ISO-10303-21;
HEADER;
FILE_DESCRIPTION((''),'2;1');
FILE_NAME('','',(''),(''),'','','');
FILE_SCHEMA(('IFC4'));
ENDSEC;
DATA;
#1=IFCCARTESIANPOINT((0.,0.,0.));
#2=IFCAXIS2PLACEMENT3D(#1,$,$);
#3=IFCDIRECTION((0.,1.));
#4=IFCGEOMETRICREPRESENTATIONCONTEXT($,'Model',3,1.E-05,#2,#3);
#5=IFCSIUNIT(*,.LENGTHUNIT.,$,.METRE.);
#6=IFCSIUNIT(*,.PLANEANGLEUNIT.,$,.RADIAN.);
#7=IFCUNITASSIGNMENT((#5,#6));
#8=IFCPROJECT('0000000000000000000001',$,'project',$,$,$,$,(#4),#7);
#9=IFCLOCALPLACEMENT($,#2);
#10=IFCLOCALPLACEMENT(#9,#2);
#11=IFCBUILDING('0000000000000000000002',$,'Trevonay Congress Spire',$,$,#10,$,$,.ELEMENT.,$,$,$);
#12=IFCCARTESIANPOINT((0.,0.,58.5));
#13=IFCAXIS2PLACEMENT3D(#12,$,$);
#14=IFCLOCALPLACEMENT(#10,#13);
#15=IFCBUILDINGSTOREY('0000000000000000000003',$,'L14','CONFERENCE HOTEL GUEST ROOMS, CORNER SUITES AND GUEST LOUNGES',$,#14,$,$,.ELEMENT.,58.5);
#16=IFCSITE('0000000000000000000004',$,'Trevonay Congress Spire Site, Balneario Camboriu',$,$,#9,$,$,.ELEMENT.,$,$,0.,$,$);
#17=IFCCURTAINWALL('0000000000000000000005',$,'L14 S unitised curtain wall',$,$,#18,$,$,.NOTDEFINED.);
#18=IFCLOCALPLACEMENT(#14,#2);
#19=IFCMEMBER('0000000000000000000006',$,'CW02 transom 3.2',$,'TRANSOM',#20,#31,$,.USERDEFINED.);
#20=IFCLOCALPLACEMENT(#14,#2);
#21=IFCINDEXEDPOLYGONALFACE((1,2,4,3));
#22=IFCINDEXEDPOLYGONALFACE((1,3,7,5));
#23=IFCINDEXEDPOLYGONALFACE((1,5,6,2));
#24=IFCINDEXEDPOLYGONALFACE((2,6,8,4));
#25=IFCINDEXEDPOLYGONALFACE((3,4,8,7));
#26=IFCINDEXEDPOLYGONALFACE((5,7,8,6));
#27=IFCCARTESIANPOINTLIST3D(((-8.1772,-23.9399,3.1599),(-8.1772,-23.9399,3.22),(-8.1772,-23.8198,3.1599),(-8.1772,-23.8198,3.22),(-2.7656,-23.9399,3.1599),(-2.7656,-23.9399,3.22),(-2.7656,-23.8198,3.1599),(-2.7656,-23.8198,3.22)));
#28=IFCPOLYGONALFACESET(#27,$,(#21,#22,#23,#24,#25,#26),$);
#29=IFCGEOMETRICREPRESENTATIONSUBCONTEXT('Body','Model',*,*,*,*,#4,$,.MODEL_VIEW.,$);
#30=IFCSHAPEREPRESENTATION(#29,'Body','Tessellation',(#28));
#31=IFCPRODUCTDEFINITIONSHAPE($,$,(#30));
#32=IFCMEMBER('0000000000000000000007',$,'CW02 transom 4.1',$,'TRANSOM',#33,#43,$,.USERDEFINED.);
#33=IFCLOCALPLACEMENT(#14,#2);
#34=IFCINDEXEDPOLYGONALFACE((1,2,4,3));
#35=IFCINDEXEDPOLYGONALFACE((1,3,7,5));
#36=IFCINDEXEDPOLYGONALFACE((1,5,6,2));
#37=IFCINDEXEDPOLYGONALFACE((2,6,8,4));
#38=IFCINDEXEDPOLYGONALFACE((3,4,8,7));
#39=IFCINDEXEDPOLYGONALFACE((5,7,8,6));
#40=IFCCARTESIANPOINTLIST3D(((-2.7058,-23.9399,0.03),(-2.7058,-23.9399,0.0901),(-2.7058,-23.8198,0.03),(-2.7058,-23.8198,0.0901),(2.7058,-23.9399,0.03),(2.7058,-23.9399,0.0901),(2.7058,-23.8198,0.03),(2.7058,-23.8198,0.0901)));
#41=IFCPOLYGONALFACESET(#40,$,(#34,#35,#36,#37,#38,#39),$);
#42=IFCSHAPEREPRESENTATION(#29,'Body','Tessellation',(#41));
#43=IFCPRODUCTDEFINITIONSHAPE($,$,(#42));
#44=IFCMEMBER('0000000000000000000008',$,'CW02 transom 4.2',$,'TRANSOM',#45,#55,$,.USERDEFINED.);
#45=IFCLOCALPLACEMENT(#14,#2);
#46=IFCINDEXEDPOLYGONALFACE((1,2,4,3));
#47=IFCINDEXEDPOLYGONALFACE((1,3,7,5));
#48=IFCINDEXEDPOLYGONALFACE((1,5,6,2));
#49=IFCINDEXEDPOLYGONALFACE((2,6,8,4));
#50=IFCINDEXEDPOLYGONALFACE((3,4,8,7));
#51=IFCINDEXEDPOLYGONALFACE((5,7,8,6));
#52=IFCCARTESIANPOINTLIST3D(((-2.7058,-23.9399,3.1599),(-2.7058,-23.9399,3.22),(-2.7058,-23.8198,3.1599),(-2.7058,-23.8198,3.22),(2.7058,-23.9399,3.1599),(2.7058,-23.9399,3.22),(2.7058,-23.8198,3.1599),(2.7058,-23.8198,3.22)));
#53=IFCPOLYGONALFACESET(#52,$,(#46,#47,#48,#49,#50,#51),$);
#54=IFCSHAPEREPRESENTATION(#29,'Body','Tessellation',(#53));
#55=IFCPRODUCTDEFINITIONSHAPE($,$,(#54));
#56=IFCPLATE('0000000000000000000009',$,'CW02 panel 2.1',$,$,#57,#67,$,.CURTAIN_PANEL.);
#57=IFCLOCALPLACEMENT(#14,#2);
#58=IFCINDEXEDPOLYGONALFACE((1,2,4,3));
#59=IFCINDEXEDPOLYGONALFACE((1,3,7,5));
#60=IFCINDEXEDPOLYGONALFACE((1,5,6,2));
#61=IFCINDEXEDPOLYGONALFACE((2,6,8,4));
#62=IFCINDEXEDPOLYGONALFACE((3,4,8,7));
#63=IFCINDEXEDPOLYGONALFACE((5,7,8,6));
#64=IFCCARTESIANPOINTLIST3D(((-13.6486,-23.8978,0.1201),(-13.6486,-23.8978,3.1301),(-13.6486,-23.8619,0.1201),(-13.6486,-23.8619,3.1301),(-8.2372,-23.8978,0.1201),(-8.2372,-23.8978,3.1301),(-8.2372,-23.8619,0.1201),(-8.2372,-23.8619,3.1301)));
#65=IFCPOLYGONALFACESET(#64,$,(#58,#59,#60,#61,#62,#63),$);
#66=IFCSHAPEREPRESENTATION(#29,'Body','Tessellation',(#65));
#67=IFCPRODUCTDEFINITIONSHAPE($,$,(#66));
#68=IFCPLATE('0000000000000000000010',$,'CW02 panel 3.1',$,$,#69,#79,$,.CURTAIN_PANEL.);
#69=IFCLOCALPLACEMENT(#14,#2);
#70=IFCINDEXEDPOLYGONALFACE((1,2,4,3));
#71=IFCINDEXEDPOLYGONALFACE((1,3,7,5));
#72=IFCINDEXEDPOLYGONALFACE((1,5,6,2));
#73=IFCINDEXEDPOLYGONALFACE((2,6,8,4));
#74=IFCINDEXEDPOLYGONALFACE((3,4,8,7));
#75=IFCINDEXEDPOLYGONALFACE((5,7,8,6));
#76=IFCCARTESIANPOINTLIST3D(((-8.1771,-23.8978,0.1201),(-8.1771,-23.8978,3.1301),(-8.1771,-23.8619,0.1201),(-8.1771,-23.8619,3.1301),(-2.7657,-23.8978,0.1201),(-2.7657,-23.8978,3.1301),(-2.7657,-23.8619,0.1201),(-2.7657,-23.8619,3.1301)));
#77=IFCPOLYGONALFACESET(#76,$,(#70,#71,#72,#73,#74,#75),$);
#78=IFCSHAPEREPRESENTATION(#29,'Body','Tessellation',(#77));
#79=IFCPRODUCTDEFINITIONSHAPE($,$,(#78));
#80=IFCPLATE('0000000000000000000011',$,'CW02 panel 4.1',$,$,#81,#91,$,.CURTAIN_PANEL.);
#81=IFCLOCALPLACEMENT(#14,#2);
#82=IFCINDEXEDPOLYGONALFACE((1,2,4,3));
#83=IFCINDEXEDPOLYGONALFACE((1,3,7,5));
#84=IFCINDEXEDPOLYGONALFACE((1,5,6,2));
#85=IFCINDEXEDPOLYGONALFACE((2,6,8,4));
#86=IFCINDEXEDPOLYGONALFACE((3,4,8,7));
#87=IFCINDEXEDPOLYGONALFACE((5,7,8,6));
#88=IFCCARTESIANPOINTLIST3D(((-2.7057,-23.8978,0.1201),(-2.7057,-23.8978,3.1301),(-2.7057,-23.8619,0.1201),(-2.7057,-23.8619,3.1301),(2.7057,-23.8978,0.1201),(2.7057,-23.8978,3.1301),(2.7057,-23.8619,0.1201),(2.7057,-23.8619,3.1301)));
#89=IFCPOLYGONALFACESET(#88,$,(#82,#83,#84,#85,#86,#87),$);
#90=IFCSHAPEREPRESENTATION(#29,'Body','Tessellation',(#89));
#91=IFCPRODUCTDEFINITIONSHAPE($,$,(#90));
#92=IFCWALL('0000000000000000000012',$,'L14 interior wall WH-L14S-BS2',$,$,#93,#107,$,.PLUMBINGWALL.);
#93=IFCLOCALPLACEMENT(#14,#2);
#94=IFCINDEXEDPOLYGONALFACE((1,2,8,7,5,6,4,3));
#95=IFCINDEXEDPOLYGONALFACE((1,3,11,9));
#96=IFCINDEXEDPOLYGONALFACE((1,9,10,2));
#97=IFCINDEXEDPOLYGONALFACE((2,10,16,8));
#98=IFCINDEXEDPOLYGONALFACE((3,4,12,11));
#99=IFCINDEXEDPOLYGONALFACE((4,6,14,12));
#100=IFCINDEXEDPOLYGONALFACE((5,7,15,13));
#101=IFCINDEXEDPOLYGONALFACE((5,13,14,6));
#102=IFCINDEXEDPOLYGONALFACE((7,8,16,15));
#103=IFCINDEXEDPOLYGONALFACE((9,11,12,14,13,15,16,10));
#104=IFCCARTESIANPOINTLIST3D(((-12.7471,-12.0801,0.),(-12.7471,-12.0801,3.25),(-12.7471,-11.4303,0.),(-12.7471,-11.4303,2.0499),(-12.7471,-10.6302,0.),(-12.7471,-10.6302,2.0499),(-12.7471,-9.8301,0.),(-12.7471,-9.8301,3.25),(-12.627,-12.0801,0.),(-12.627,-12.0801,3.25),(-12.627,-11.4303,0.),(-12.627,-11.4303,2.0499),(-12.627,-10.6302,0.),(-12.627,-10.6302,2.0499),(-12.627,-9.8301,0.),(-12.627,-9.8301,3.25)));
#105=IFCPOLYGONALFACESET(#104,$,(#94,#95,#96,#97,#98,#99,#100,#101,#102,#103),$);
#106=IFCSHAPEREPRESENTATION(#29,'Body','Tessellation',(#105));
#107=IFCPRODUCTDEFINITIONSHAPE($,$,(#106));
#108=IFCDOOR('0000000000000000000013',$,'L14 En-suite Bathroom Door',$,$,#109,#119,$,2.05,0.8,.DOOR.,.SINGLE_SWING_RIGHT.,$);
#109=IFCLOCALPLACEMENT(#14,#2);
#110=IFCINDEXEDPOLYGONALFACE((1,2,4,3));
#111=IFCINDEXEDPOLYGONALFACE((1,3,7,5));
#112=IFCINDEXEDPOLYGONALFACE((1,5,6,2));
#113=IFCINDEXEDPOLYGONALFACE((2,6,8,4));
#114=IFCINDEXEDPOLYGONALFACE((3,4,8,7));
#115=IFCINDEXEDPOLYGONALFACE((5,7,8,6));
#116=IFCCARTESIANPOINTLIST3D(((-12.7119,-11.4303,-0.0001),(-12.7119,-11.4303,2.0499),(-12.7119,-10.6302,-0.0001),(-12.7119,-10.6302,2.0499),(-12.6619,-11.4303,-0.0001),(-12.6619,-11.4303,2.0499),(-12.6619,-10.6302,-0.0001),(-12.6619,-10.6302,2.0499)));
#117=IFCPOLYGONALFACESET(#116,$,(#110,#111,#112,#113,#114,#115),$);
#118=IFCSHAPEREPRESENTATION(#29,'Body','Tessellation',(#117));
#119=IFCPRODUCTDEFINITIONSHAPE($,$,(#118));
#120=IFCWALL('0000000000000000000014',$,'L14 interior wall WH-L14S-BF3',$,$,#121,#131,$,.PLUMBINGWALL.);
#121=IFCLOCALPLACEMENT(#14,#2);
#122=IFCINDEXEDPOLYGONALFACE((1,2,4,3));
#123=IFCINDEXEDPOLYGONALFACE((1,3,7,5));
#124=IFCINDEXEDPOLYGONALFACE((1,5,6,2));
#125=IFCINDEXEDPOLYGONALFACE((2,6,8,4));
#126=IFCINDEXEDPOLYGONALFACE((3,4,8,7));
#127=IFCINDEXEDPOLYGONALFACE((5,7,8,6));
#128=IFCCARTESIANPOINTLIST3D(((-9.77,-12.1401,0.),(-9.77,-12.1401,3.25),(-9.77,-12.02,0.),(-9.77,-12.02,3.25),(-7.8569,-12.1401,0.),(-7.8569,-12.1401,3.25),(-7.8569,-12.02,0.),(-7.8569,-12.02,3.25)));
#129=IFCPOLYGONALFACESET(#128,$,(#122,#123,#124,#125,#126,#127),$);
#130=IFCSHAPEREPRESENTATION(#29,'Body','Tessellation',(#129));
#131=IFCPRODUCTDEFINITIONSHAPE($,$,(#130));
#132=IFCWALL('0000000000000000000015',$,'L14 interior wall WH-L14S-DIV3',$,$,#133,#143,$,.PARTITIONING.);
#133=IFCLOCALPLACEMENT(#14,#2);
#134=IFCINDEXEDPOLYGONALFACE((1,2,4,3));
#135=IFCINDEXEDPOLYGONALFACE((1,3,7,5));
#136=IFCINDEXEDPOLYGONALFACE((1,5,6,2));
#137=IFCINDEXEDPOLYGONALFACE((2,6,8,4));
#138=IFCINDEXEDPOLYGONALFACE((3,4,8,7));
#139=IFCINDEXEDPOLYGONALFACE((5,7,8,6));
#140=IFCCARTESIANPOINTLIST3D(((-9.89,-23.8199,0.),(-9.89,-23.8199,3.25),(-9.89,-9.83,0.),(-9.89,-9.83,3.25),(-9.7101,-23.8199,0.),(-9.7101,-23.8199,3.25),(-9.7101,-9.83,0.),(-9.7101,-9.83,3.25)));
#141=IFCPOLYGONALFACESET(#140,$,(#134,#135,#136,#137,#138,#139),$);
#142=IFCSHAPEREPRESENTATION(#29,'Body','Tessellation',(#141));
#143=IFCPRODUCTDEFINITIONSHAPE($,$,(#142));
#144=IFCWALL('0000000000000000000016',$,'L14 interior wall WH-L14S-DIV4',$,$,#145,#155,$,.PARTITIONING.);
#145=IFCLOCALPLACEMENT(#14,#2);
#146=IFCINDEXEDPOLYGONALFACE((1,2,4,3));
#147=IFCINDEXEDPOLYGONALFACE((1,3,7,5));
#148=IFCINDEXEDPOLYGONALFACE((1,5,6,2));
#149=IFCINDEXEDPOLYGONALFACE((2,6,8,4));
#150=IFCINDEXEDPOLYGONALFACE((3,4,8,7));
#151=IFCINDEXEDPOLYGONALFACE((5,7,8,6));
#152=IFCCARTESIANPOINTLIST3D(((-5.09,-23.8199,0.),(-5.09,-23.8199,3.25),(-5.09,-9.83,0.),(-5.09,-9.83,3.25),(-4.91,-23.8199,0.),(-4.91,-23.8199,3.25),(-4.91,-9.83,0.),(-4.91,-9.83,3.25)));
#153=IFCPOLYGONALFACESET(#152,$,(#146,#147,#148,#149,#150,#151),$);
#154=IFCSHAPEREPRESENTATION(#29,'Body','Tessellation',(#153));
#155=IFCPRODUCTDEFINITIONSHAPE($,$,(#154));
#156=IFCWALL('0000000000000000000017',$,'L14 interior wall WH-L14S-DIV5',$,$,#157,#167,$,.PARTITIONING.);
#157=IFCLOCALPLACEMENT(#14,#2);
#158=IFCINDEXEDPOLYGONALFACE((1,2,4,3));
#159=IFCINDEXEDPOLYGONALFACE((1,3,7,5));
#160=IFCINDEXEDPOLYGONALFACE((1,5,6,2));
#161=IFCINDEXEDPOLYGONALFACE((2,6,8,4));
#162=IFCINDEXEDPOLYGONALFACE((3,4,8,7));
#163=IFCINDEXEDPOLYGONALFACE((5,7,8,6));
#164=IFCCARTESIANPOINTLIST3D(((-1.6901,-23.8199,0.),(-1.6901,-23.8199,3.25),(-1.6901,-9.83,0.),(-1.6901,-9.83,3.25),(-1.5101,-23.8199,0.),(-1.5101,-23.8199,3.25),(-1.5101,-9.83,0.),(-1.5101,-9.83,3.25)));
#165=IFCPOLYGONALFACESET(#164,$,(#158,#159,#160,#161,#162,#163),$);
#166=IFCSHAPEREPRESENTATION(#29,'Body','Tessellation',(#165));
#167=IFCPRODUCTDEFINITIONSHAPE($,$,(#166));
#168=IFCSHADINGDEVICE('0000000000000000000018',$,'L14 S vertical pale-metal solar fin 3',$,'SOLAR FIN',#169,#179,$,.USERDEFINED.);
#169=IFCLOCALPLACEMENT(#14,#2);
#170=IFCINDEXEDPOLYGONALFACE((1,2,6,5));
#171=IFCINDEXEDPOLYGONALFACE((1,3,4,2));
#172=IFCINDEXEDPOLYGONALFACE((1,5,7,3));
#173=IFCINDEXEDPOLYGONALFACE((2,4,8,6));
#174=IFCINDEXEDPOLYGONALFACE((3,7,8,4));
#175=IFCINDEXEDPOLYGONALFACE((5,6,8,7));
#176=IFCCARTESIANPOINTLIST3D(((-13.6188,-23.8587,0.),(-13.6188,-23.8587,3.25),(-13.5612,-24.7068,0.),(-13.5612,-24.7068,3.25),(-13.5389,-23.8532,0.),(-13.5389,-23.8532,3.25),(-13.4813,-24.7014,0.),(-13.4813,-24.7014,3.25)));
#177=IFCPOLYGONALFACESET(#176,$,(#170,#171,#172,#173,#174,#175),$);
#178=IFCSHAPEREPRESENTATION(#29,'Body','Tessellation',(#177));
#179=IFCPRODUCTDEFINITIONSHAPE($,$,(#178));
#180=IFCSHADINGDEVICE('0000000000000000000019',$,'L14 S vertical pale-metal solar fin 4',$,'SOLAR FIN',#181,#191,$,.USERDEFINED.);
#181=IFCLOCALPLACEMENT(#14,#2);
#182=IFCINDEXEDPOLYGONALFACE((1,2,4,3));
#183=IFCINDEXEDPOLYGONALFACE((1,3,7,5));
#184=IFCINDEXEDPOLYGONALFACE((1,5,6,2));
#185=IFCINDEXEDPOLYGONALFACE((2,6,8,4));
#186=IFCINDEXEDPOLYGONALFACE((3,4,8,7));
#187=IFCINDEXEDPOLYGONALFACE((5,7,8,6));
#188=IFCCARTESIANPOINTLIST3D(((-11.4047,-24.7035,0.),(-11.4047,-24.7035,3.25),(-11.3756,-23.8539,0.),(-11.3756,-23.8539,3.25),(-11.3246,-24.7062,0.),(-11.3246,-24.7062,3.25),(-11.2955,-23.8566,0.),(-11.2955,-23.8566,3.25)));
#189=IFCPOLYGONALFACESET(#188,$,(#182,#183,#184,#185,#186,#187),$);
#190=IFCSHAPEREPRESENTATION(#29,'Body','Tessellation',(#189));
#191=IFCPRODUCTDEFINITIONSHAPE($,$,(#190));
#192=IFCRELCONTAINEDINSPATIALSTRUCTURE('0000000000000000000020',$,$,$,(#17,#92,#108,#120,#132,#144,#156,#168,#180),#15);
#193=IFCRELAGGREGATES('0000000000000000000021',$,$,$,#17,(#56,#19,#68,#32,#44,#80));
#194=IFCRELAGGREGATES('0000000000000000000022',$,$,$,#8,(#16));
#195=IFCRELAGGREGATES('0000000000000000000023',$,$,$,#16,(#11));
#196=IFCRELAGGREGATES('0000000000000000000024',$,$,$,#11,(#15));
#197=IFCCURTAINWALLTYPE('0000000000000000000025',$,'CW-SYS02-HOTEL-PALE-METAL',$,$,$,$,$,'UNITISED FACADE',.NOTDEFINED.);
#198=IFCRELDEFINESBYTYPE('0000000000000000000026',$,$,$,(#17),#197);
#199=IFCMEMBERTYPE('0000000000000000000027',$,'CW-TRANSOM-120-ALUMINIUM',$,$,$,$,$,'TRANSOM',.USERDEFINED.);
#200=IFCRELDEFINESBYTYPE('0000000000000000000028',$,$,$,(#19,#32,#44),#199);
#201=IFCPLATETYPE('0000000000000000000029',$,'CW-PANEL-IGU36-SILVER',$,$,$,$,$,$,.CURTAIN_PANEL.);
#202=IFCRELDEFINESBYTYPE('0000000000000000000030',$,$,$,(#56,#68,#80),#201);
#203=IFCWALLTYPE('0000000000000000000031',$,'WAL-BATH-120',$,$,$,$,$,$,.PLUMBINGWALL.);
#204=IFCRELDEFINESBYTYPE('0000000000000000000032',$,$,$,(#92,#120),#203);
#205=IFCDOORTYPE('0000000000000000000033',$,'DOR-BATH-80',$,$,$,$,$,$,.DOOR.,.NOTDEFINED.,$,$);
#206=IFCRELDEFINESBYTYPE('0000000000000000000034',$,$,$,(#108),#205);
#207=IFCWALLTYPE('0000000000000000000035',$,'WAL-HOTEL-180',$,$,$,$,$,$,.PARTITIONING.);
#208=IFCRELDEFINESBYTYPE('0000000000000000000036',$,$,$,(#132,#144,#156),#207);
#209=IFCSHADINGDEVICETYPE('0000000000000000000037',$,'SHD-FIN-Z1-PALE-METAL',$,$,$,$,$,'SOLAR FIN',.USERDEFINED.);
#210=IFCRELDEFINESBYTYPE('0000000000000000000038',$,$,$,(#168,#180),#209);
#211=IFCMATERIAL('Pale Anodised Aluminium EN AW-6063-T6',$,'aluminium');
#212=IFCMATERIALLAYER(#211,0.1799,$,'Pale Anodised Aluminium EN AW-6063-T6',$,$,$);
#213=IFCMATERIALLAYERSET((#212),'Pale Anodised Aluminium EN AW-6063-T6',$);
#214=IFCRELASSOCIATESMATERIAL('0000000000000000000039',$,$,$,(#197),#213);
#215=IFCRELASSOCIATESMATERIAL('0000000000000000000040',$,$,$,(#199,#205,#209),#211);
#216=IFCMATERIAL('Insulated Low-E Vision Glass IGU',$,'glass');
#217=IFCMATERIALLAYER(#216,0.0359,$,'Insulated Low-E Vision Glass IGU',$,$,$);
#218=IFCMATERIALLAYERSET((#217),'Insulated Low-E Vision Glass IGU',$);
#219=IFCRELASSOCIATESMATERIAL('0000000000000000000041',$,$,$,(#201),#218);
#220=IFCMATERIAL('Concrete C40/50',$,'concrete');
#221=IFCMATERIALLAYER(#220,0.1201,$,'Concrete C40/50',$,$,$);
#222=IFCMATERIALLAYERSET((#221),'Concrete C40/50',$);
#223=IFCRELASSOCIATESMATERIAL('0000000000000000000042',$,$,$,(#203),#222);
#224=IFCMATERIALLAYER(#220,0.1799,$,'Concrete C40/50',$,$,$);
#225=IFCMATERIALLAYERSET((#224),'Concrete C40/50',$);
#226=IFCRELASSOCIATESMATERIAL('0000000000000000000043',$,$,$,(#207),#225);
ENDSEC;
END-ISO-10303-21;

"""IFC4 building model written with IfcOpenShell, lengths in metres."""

from ifc_helpers import new_model, si_unit, direction, frame, frame_2d, origin, origin_2d, place, context, subcontext, project, spatial, rectangle, extrude, material, layer, layer_set, material_profile, profile_set, type_object, element, fill, aggregate, save


model = new_model("IFC4")

# Units and contexts
model_context = context("Model", 3, precision=1e-05, world=origin(), true_north=direction((0.0, 1.0)))
body_context = subcontext(model_context, "Body", "Model", "MODEL_VIEW")
ifc_project = project(units=[si_unit("LENGTHUNIT", "METRE"), si_unit("PLANEANGLEUNIT", "RADIAN")], contexts=[model_context])

# Site, building, storey
site_placement = place(None, origin())
site = spatial("IfcSite", under=ifc_project, at=site_placement, Name="Trevonay Congress Spire Site, Balneario Camboriu", CompositionType="ELEMENT", RefElevation=0.0)
building_placement = place(site_placement, origin())
building = spatial("IfcBuilding", under=site, at=building_placement, Name="Trevonay Congress Spire", CompositionType="ELEMENT")
storey_placement = place(building_placement, frame((0.0, 0.0, 58.5)))
storey = spatial("IfcBuildingStorey", under=building, at=storey_placement, Name="L14", Description="CONFERENCE HOTEL GUEST ROOMS, CORNER SUITES AND GUEST LOUNGES", CompositionType="ELEMENT", Elevation=58.5)

# Curtain wall, members, plates
ifc_material_1 = material(Name="Pale Anodised Aluminium EN AW-6063-T6", Category="aluminium")
ifc_layer_1 = layer(ifc_material_1, 0.1799, Name="Pale Anodised Aluminium EN AW-6063-T6")
ifc_layer_set_1 = layer_set([ifc_layer_1], Name="Pale Anodised Aluminium EN AW-6063-T6")
curtain_wall_type = type_object("IfcCurtainWallType", Name="CW-SYS02-HOTEL-PALE-METAL", ElementType="UNITISED FACADE", PredefinedType="NOTDEFINED", material=ifc_layer_set_1)
curtain_wall_placement = place(storey_placement, origin())
curtain_wall = element("IfcCurtainWall", 1, at=curtain_wall_placement, inside=storey, type_object=curtain_wall_type, Name="L14 S unitised curtain wall", PredefinedType="NOTDEFINED")
ifc_material_profile_1 = material_profile(ifc_material_1, rectangle(XDim=0.1201, YDim=0.0601, at=origin_2d()), Name="CW-TRANSOM-120-ALUMINIUM")
ifc_profile_set_1 = profile_set([ifc_material_profile_1], Name="Pale Anodised Aluminium EN AW-6063-T6")
member_type_1 = type_object("IfcMemberType", Name="CW-TRANSOM-120-ALUMINIUM", ElementType="TRANSOM", PredefinedType="USERDEFINED", material=ifc_profile_set_1)
member_1_placement = place(storey_placement, frame((-8.1772, -23.8799, 3.1899), z_axis=(1.0, 0.0, 0.0), x_axis=(0.0, 1.0, 0.0)))
member_1 = element("IfcMember", 2, at=member_1_placement, type_object=member_type_1, Name="CW02 transom 3.2", ObjectType="TRANSOM", PredefinedType="USERDEFINED", context=body_context, shape_type="SweptSolid", body=[
    extrude(rectangle(XDim=0.1201, YDim=0.0601, at=origin_2d()), origin(), (0.0, 0.0, 1.0), 5.4116),
])
member_2_placement = place(storey_placement, frame((-2.7058, -23.8799, 0.0601), z_axis=(1.0, 0.0, 0.0), x_axis=(0.0, 1.0, 0.0)))
member_2 = element("IfcMember", 3, at=member_2_placement, type_object=member_type_1, Name="CW02 transom 4.1", ObjectType="TRANSOM", PredefinedType="USERDEFINED", context=body_context, shape_type="SweptSolid", body=[
    extrude(rectangle(XDim=0.1201, YDim=0.0601, at=origin_2d()), origin(), (0.0, 0.0, 1.0), 5.4116),
])
member_3_placement = place(storey_placement, frame((-2.7058, -23.8799, 3.1899), z_axis=(1.0, 0.0, 0.0), x_axis=(0.0, 1.0, 0.0)))
member_3 = element("IfcMember", 4, at=member_3_placement, type_object=member_type_1, Name="CW02 transom 4.2", ObjectType="TRANSOM", PredefinedType="USERDEFINED", context=body_context, shape_type="SweptSolid", body=[
    extrude(rectangle(XDim=0.1201, YDim=0.0601, at=origin_2d()), origin(), (0.0, 0.0, 1.0), 5.4116),
])
ifc_material_2 = material(Name="Insulated Low-E Vision Glass IGU", Category="glass")
ifc_layer_2 = layer(ifc_material_2, 0.0359, Name="Insulated Low-E Vision Glass IGU")
ifc_layer_set_2 = layer_set([ifc_layer_2], Name="Insulated Low-E Vision Glass IGU")
plate_type = type_object("IfcPlateType", Name="CW-PANEL-IGU36-SILVER", PredefinedType="CURTAIN_PANEL", material=ifc_layer_set_2)
plate_1_placement = place(storey_placement, frame((-10.9429, -23.8799, 0.1201), z_axis=(0.0, 0.0, 1.0), x_axis=(1.0, 0.0, 0.0)))
plate_1 = element("IfcPlate", 5, at=plate_1_placement, type_object=plate_type, Name="CW02 panel 2.1", PredefinedType="CURTAIN_PANEL", context=body_context, shape_type="SweptSolid", body=[
    extrude(rectangle(XDim=5.4114, YDim=0.0359, at=origin_2d()), origin(), (0.0, 0.0, 1.0), 3.01),
])
plate_2_placement = place(storey_placement, frame((-5.4714, -23.8799, 0.1201), z_axis=(0.0, 0.0, 1.0), x_axis=(1.0, 0.0, 0.0)))
plate_2 = element("IfcPlate", 6, at=plate_2_placement, type_object=plate_type, Name="CW02 panel 3.1", PredefinedType="CURTAIN_PANEL", context=body_context, shape_type="SweptSolid", body=[
    extrude(rectangle(XDim=5.4114, YDim=0.0359, at=origin_2d()), origin(), (0.0, 0.0, 1.0), 3.01),
])
plate_3_placement = place(storey_placement, frame((0.0, -23.8799, 0.1201), z_axis=(0.0, 0.0, 1.0), x_axis=(1.0, 0.0, 0.0)))
plate_3 = element("IfcPlate", 7, at=plate_3_placement, type_object=plate_type, Name="CW02 panel 4.1", PredefinedType="CURTAIN_PANEL", context=body_context, shape_type="SweptSolid", body=[
    extrude(rectangle(XDim=5.4114, YDim=0.0359, at=origin_2d()), origin(), (0.0, 0.0, 1.0), 3.01),
])
aggregate(curtain_wall, [plate_1, member_1, plate_2, member_2, member_3, plate_3])

# Wall, opening, door
ifc_material_3 = material(Name="Concrete C40/50", Category="concrete")
ifc_layer_3 = layer(ifc_material_3, 0.1201, Name="Concrete C40/50")
ifc_layer_set_3 = layer_set([ifc_layer_3], Name="Concrete C40/50")
wall_type_1 = type_object("IfcWallType", Name="WAL-BATH-120", PredefinedType="PLUMBINGWALL", material=ifc_layer_set_3)
wall_1_placement = place(storey_placement, frame((-12.687, -12.0801, 0.0), z_axis=(0.0, 0.0, 1.0), x_axis=(0.0, 1.0, 0.0)))
wall_1 = element("IfcWall", 8, at=wall_1_placement, inside=storey, type_object=wall_type_1, Name="L14 interior wall WH-L14S-BS2", PredefinedType="PLUMBINGWALL", context=body_context, shape_type="SweptSolid", body=[
    extrude(rectangle(XDim=2.25, YDim=0.1201, at=frame_2d((1.125, 0.0))), origin(), (0.0, 0.0, 1.0), 3.25),
])
opening_placement = place(wall_1_placement, frame((0.6499, 0.0, 0.0)))
opening = element("IfcOpeningElement", 9, at=opening_placement, cuts=wall_1, PredefinedType="OPENING", context=body_context, shape_type="SweptSolid", body=[
    extrude(rectangle(XDim=0.8, YDim=2.05, at=frame_2d((0.3999, 1.0249))), frame((0.0, 0.0701, 0.0), z_axis=(0.0, -1.0, 0.0), x_axis=(1.0, 0.0, 0.0)), (0.0, 0.0, 1.0), 0.1401),
])
door_type = type_object("IfcDoorType", Name="DOR-BATH-80", OperationType="NOTDEFINED", PredefinedType="DOOR", material=ifc_material_1)
door_placement = place(opening_placement, origin())
door = element("IfcDoor", 10, at=door_placement, inside=storey, type_object=door_type, Name="L14 En-suite Bathroom Door", OperationType="SINGLE_SWING_RIGHT", OverallHeight=2.05, OverallWidth=0.8, PredefinedType="DOOR", context=body_context, shape_type="SweptSolid", body=[
    extrude(rectangle(XDim=0.8, YDim=2.05, at=frame_2d((0.3999, 1.0249))), frame((0.0, 0.0249, 0.0), z_axis=(0.0, -1.0, 0.0), x_axis=(1.0, 0.0, 0.0)), (0.0, 0.0, 1.0), 0.05),
])
fill(opening, door)

# Walls
wall_2_placement = place(storey_placement, frame((-9.77, -12.0801, 0.0), z_axis=(0.0, 0.0, 1.0), x_axis=(1.0, 0.0, 0.0)))
element("IfcWall", 11, at=wall_2_placement, inside=storey, type_object=wall_type_1, Name="L14 interior wall WH-L14S-BF3", PredefinedType="PLUMBINGWALL", context=body_context, shape_type="SweptSolid", body=[
    extrude(rectangle(XDim=1.9131, YDim=0.1201, at=frame_2d((0.9565, 0.0))), origin(), (0.0, 0.0, 1.0), 3.25),
])
ifc_layer_4 = layer(ifc_material_3, 0.1799, Name="Concrete C40/50")
ifc_layer_set_4 = layer_set([ifc_layer_4], Name="Concrete C40/50")
wall_type_2 = type_object("IfcWallType", Name="WAL-HOTEL-180", PredefinedType="PARTITIONING", material=ifc_layer_set_4)
for number, where, z_axis, x_axis, name in (
    (12, (-9.8, -23.8201, 0.0), (0.0, 0.0, 1.0), (0.0, 1.0, 0.0), "L14 interior wall WH-L14S-DIV3"),
    (13, (-5.0, -23.8201, 0.0), (0.0, 0.0, 1.0), (0.0, 1.0, 0.0), "L14 interior wall WH-L14S-DIV4"),
    (14, (-1.6001, -23.8201, 0.0), (0.0, 0.0, 1.0), (0.0, 1.0, 0.0), "L14 interior wall WH-L14S-DIV5"),
):
    element("IfcWall", number, at=place(storey_placement, frame(where, z_axis=z_axis, x_axis=x_axis)), inside=storey, type_object=wall_type_2, Name=name, PredefinedType="PARTITIONING", context=body_context, shape_type="SweptSolid", body=[
        extrude(rectangle(XDim=13.99, YDim=0.1799, at=frame_2d((6.9951, 0.0))), origin(), (0.0, 0.0, 1.0), 3.25),
    ])

# Shading devices
shading_device_type = type_object("IfcShadingDeviceType", Name="SHD-FIN-Z1-PALE-METAL", ElementType="SOLAR FIN", PredefinedType="USERDEFINED", material=ifc_material_1)
for number, where, z_axis, x_axis, name in (
    (15, (-13.55, -24.28, 0.0), (0.0, 0.0, 1.0), (0.997708, 0.067667, 0.0), "L14 S vertical pale-metal solar fin 3"),
    (16, (-11.3501, -24.28, 0.0), (0.0, 0.0, 1.0), (0.999415, -0.034202, 0.0), "L14 S vertical pale-metal solar fin 4"),
):
    element("IfcShadingDevice", number, at=place(storey_placement, frame(where, z_axis=z_axis, x_axis=x_axis)), inside=storey, type_object=shading_device_type, Name=name, ObjectType="SOLAR FIN", PredefinedType="USERDEFINED", context=body_context, shape_type="SweptSolid", body=[
        extrude(rectangle(XDim=0.0801, YDim=0.8501, at=origin_2d()), origin(), (0.0, 0.0, 1.0), 3.25),
    ])

save(model, "model.ifc")
